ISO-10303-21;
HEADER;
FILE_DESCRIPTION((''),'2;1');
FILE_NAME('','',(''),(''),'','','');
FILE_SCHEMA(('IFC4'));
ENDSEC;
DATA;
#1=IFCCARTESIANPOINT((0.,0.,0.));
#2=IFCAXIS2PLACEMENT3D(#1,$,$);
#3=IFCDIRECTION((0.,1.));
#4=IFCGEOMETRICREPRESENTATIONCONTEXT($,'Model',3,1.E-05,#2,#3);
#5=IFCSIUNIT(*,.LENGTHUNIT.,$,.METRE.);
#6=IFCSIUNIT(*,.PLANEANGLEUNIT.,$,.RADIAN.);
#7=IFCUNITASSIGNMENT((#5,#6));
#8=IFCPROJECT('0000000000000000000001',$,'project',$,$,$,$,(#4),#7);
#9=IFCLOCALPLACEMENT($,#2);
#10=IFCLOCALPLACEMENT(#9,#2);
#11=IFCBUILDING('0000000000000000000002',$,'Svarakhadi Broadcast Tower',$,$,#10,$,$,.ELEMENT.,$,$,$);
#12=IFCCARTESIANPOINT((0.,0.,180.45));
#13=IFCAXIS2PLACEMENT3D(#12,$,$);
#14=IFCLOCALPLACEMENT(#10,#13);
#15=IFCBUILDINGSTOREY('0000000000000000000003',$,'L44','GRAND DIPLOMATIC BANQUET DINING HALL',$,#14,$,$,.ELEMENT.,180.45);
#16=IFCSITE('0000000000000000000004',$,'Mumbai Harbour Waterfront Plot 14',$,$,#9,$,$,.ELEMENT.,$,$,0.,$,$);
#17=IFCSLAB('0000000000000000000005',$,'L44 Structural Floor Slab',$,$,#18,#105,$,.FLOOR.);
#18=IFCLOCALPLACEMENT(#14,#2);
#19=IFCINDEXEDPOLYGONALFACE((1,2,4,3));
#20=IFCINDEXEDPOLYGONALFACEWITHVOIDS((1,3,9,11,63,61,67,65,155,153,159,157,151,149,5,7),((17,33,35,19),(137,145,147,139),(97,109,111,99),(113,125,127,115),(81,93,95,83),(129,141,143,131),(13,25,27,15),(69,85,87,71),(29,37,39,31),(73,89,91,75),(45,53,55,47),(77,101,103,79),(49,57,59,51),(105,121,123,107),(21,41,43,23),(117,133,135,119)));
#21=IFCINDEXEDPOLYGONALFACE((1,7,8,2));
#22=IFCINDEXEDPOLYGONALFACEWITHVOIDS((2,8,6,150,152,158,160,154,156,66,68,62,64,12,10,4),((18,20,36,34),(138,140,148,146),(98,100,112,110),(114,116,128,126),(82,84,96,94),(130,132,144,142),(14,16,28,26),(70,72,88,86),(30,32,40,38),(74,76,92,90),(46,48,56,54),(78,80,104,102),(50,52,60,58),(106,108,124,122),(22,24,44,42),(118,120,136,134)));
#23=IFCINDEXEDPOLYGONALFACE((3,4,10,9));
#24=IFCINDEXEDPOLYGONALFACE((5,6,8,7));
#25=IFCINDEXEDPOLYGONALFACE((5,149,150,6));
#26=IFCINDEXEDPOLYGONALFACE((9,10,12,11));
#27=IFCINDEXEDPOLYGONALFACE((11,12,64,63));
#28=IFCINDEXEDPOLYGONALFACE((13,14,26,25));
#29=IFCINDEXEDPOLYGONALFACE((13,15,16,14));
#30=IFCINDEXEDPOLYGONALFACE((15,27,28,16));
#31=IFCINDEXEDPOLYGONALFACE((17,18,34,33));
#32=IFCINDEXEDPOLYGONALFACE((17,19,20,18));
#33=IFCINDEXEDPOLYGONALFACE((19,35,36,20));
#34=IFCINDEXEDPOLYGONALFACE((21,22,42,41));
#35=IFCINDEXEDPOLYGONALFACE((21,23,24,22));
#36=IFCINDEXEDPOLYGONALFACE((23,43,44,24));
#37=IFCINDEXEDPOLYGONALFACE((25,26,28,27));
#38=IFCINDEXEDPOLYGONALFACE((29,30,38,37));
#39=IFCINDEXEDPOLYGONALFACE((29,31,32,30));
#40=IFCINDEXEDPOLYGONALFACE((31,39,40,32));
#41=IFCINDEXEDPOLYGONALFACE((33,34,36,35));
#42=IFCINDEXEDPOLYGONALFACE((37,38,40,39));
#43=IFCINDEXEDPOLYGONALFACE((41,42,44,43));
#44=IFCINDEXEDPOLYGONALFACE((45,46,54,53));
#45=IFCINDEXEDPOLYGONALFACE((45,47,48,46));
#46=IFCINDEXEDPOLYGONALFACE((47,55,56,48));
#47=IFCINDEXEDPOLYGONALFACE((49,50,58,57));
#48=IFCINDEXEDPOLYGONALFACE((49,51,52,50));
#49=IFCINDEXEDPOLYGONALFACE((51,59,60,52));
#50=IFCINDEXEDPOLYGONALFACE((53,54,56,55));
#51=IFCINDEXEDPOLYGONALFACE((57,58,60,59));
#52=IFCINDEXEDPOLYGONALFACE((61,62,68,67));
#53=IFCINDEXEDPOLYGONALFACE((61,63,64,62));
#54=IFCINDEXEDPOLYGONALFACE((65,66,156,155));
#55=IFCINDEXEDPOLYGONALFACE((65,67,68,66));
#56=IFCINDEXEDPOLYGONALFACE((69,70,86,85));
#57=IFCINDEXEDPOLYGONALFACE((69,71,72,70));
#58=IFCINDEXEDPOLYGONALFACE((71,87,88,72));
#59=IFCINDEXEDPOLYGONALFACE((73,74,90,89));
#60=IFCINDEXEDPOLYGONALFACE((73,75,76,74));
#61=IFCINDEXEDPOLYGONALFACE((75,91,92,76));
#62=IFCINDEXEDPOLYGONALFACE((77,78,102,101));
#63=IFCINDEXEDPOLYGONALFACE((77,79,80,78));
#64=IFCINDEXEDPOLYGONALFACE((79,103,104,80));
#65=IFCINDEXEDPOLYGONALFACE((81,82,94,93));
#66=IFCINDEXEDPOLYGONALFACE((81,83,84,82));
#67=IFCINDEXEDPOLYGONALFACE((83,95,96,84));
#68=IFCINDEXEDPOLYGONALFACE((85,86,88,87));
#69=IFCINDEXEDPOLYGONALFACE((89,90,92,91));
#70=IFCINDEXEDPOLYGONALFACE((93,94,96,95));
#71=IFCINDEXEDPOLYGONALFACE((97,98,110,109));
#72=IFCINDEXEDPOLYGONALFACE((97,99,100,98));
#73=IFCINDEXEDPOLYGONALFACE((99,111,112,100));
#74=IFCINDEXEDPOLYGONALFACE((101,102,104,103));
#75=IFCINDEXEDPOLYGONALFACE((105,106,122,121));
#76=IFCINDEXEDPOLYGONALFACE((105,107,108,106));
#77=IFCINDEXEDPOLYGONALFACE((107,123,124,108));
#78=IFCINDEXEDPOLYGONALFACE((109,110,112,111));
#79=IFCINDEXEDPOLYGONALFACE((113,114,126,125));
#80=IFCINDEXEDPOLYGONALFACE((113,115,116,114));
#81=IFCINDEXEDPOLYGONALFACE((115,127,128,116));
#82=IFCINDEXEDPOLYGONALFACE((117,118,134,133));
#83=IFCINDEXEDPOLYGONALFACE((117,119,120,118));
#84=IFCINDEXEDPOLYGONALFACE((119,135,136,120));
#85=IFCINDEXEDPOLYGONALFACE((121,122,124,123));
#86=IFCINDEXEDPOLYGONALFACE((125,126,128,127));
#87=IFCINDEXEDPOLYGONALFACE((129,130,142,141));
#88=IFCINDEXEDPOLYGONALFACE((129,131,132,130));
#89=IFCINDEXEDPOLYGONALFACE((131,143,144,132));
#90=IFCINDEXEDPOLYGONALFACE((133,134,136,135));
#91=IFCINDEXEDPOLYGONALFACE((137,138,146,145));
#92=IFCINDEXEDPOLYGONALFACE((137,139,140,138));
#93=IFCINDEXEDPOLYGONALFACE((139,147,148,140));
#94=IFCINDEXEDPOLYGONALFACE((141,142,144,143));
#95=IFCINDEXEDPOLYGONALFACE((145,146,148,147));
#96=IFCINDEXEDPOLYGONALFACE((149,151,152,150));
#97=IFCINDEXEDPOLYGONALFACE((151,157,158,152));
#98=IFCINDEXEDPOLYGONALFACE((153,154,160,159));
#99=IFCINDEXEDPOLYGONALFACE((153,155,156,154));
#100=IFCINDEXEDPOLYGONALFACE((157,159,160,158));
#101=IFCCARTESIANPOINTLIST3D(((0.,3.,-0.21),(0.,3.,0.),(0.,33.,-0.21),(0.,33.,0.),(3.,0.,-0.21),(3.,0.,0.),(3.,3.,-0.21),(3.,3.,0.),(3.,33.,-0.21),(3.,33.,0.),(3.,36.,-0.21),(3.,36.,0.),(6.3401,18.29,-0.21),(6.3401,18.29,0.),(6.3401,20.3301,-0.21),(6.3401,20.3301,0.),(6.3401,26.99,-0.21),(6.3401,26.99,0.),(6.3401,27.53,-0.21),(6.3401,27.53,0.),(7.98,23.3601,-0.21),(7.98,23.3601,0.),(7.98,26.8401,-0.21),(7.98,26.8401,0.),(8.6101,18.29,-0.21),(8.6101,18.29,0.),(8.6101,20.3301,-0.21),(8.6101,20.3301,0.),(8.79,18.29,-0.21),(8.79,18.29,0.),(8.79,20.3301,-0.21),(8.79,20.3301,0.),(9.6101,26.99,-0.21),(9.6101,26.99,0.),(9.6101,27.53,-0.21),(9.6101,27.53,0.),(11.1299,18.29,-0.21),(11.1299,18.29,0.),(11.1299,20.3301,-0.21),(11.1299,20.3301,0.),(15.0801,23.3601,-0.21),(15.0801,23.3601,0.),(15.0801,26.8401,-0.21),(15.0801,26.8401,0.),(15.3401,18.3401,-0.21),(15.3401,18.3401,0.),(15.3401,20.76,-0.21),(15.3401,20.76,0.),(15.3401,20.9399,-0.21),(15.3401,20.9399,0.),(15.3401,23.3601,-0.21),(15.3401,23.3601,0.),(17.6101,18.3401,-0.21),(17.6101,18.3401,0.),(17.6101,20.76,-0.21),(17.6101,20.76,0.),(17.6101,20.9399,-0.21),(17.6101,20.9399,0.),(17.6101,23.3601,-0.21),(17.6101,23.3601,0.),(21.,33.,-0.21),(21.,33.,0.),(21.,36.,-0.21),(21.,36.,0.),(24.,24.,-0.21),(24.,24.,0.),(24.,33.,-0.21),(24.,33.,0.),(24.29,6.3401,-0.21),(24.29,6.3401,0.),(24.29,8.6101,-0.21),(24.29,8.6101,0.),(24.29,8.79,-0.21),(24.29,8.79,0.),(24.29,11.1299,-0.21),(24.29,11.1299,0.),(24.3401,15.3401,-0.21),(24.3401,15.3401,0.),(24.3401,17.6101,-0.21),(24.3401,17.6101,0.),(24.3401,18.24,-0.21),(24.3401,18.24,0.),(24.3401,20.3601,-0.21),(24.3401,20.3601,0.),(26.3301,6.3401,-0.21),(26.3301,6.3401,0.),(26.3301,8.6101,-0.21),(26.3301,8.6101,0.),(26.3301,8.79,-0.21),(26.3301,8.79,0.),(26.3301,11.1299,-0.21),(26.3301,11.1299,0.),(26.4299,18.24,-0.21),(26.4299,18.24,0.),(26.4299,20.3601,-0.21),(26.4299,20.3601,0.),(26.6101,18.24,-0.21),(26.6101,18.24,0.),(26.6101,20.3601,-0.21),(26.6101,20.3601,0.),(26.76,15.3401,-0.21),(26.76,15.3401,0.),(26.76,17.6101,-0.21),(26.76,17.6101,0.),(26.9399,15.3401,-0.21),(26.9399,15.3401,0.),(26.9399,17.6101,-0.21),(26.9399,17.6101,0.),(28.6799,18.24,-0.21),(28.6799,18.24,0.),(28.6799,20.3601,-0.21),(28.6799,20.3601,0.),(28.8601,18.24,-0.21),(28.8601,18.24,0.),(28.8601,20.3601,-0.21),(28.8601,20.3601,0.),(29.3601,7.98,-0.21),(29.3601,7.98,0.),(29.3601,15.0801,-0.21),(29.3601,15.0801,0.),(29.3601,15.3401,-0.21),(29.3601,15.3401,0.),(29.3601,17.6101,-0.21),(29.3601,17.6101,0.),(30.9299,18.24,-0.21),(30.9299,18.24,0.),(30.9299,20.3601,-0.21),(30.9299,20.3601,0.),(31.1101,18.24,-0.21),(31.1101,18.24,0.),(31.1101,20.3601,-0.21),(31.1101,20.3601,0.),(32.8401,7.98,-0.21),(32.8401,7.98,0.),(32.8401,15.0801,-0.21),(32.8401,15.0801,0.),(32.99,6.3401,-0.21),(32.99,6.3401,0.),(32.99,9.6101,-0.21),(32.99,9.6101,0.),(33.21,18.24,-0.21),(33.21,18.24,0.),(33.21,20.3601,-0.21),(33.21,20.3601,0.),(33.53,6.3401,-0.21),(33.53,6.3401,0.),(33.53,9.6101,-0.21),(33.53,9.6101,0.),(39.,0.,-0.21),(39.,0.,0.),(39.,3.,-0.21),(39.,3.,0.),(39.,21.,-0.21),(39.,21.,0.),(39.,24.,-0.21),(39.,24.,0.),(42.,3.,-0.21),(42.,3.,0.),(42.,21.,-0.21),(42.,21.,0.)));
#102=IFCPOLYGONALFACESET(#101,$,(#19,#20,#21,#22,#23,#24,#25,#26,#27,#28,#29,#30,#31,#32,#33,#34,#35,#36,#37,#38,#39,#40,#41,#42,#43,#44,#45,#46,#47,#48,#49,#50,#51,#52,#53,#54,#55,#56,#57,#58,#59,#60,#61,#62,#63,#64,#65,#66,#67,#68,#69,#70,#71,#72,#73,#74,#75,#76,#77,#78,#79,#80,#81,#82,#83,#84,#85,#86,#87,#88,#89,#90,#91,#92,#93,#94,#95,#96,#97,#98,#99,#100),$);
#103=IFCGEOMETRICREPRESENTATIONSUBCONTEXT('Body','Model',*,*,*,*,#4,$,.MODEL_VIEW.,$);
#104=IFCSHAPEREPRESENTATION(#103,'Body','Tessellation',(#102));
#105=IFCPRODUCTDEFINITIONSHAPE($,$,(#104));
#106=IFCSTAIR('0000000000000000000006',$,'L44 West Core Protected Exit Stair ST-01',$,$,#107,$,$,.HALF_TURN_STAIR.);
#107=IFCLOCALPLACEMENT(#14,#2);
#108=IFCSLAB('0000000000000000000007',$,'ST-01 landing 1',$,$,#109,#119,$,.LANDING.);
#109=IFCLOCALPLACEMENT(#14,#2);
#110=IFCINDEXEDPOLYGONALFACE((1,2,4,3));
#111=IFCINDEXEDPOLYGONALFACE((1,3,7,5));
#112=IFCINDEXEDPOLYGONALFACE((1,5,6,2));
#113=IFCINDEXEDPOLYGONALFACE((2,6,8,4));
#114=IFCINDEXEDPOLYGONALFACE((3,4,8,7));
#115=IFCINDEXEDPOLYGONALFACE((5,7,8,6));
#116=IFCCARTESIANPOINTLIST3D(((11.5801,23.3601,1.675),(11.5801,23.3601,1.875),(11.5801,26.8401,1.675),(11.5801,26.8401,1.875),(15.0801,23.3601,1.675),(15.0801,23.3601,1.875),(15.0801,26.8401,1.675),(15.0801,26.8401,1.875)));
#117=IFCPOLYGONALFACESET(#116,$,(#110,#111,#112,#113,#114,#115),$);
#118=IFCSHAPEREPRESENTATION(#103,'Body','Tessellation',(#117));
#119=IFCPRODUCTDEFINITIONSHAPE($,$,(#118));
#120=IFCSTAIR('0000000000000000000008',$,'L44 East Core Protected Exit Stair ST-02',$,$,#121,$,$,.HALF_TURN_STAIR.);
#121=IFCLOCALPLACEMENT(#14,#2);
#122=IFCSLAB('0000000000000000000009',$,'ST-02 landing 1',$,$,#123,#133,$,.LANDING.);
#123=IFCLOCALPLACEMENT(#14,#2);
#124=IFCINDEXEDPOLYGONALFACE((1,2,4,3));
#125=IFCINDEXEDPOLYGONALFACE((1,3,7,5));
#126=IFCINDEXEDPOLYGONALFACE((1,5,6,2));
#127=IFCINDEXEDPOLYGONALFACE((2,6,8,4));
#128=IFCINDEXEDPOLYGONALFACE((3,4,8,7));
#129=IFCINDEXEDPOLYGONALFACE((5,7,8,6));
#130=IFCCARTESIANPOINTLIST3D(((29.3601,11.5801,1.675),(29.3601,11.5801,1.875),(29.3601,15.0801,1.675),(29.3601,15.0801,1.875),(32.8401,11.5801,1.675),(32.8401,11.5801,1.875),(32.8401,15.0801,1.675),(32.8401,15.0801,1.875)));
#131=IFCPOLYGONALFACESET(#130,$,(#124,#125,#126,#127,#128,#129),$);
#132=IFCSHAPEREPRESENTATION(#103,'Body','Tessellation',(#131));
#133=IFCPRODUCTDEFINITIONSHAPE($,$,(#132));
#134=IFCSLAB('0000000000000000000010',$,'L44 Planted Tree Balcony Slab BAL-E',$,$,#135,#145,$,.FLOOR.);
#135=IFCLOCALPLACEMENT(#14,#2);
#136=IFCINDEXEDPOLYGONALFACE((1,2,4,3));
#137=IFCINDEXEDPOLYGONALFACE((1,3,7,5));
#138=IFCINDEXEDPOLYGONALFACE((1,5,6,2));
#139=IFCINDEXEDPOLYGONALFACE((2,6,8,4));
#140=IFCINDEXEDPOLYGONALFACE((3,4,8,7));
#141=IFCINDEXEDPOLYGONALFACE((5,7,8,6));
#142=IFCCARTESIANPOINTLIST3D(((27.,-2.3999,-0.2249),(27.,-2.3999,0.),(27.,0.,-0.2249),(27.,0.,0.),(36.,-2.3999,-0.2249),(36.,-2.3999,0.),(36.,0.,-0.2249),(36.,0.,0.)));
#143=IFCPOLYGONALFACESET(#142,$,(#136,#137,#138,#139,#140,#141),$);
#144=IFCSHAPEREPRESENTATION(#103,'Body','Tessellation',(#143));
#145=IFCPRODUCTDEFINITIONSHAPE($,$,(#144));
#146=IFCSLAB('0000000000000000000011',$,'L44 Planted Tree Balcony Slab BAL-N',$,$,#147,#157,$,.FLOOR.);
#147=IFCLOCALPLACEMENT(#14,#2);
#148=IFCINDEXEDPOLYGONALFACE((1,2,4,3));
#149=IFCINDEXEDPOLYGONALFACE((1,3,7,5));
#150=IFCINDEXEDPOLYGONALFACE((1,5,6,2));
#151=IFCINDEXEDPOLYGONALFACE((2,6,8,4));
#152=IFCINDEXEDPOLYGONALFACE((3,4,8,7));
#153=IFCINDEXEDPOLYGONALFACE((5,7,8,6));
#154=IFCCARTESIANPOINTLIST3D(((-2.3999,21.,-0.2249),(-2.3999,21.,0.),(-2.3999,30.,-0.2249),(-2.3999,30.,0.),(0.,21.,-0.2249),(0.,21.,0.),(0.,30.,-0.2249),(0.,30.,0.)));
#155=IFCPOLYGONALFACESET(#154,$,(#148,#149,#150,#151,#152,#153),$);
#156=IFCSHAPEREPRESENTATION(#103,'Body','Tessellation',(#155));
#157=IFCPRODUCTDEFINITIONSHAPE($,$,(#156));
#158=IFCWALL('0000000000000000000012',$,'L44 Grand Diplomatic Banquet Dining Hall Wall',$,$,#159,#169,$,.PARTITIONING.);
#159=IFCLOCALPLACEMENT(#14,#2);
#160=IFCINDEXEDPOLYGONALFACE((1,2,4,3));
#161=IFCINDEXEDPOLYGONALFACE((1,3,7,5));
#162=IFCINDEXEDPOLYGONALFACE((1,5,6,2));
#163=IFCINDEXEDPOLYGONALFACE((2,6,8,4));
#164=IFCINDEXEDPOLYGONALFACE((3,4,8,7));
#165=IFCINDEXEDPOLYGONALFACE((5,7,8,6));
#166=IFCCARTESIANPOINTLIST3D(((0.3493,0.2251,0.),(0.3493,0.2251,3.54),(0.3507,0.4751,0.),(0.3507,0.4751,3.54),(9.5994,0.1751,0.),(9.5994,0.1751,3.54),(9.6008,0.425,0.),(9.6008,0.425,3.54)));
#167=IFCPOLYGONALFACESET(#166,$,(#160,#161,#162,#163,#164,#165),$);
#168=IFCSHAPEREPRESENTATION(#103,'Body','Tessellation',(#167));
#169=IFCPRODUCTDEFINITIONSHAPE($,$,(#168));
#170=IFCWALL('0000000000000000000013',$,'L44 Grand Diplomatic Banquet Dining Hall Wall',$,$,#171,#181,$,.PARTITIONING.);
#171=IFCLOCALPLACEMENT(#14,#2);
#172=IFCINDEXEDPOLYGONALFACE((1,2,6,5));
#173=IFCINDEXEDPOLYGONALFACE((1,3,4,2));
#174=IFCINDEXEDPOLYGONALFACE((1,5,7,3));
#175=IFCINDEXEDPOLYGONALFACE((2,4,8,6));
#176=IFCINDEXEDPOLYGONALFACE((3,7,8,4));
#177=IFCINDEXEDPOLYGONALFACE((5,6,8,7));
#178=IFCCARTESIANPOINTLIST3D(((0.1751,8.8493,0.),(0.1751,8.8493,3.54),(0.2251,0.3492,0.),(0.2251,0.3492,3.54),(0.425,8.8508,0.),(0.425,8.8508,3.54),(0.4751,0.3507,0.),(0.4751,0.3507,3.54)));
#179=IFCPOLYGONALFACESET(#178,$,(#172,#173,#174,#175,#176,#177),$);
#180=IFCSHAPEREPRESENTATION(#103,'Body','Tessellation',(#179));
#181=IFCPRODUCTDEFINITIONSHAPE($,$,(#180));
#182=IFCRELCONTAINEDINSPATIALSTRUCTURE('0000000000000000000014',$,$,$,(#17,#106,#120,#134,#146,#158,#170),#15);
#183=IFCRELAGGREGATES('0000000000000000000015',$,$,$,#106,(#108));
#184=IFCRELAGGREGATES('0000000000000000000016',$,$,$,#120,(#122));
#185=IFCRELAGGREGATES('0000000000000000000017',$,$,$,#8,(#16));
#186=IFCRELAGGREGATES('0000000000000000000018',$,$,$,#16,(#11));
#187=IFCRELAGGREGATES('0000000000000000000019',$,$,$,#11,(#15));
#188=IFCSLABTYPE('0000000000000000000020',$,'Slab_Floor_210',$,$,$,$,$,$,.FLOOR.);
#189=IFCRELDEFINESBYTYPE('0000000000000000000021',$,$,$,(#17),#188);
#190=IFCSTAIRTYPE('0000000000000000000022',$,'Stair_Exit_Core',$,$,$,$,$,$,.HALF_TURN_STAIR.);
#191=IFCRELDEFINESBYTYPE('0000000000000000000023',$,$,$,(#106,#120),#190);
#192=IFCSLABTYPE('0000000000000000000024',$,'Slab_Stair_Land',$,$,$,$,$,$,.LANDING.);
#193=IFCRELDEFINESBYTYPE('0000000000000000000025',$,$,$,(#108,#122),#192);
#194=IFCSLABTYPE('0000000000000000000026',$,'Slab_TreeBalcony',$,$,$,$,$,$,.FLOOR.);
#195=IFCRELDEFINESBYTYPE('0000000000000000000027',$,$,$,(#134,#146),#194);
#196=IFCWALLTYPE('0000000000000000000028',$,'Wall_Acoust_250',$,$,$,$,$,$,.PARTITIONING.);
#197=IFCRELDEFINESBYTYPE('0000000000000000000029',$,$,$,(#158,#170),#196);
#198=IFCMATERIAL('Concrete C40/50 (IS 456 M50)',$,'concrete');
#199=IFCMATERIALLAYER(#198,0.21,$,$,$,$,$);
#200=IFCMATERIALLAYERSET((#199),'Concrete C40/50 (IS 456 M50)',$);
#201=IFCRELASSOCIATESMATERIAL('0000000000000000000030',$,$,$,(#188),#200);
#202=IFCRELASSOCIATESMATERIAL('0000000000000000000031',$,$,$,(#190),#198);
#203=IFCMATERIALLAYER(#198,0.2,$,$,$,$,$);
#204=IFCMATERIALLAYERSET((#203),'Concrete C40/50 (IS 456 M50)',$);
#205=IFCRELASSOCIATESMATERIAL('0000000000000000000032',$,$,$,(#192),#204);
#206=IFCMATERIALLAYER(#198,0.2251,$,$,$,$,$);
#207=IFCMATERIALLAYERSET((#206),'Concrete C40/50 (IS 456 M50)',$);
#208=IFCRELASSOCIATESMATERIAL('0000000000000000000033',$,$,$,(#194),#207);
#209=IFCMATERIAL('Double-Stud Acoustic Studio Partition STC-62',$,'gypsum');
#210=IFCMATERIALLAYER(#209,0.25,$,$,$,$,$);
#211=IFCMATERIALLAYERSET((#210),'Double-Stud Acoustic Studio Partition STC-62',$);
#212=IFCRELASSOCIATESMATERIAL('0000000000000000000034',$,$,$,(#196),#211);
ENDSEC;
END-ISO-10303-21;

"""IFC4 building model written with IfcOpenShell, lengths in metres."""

from ifc_helpers import new_model, si_unit, direction, frame, frame_2d, origin, place, context, subcontext, project, spatial, polyline, rectangle, outline, extrude, material, layer, layer_set, type_object, element, aggregate, save


model = new_model("IFC4")

# Units and contexts
model_context = context("Model", 3, precision=1e-05, world=origin(), true_north=direction((0.0, 1.0)))
body_context = subcontext(model_context, "Body", "Model", "MODEL_VIEW")
ifc_project = project(units=[si_unit("LENGTHUNIT", "METRE"), si_unit("PLANEANGLEUNIT", "RADIAN")], contexts=[model_context])

# Site, building, storey
site_placement = place(None, origin())
site = spatial("IfcSite", under=ifc_project, at=site_placement, Name="Mumbai Harbour Waterfront Plot 14", CompositionType="ELEMENT", RefElevation=0.0)
building_placement = place(site_placement, origin())
building = spatial("IfcBuilding", under=site, at=building_placement, Name="Svarakhadi Broadcast Tower", CompositionType="ELEMENT")
storey_placement = place(building_placement, frame((0.0, 0.0, 180.45)))
storey = spatial("IfcBuildingStorey", under=building, at=storey_placement, Name="L44", Description="GRAND DIPLOMATIC BANQUET DINING HALL", CompositionType="ELEMENT", Elevation=180.45)

# Slab
ifc_material_1 = material(Name="Concrete C40/50 (IS 456 M50)", Category="concrete")
ifc_layer_1 = layer(ifc_material_1, 0.21)
ifc_layer_set_1 = layer_set([ifc_layer_1], Name="Concrete C40/50 (IS 456 M50)")
slab_type_1 = type_object("IfcSlabType", Name="Slab_Floor_210", PredefinedType="FLOOR", material=ifc_layer_set_1)
slab_1_placement = place(storey_placement, frame((0.0, 0.0, -0.21)))
element("IfcSlab", 1, at=slab_1_placement, inside=storey, type_object=slab_type_1, Name="L44 Structural Floor Slab", PredefinedType="FLOOR", context=body_context, shape_type="SweptSolid", body=[
    extrude(outline(polyline([(3.0, 0.0), (39.0, 0.0), (39.0, 3.0), (42.0, 3.0), (42.0, 21.0), (39.0, 21.0), (39.0, 24.0), (24.0, 24.0), (24.0, 33.0), (21.0, 33.0), (21.0, 36.0), (3.0, 36.0), (3.0, 33.0), (0.0, 33.0), (0.0, 3.0), (3.0, 3.0), (3.0, 0.0)]), holes=[polyline([(7.98, 23.3601), (15.0801, 23.3601), (15.0801, 26.8401), (7.98, 26.8401), (7.98, 23.3601)]), polyline([(32.8401, 7.98), (32.8401, 15.0801), (29.3601, 15.0801), (29.3601, 7.98), (32.8401, 7.98)]), polyline([(6.3401, 18.29), (8.6101, 18.29), (8.6101, 20.3301), (6.3401, 20.3301), (6.3401, 18.29)]), polyline([(8.79, 18.29), (11.1299, 18.29), (11.1299, 20.3301), (8.79, 20.3301), (8.79, 18.29)]), polyline([(24.29, 6.3401), (26.3301, 6.3401), (26.3301, 8.6101), (24.29, 8.6101), (24.29, 6.3401)]), polyline([(24.29, 8.79), (26.3301, 8.79), (26.3301, 11.1299), (24.29, 11.1299), (24.29, 8.79)]), polyline([(6.3401, 26.99), (9.6101, 26.99), (9.6101, 27.53), (6.3401, 27.53), (6.3401, 26.99)]), polyline([(32.99, 6.3401), (33.53, 6.3401), (33.53, 9.6101), (32.99, 9.6101), (32.99, 6.3401)]), polyline([(15.3401, 18.3401), (17.6101, 18.3401), (17.6101, 20.76), (15.3401, 20.76), (15.3401, 18.3401)]), polyline([(15.3401, 20.9399), (17.6101, 20.9399), (17.6101, 23.3601), (15.3401, 23.3601), (15.3401, 20.9399)]), polyline([(24.3401, 15.3401), (26.76, 15.3401), (26.76, 17.6101), (24.3401, 17.6101), (24.3401, 15.3401)]), polyline([(26.9399, 15.3401), (29.3601, 15.3401), (29.3601, 17.6101), (26.9399, 17.6101), (26.9399, 15.3401)]), polyline([(24.3401, 18.24), (26.4299, 18.24), (26.4299, 20.3601), (24.3401, 20.3601), (24.3401, 18.24)]), polyline([(26.6101, 18.24), (28.6799, 18.24), (28.6799, 20.3601), (26.6101, 20.3601), (26.6101, 18.24)]), polyline([(28.8601, 18.24), (30.9299, 18.24), (30.9299, 20.3601), (28.8601, 20.3601), (28.8601, 18.24)]), polyline([(31.1101, 18.24), (33.21, 18.24), (33.21, 20.3601), (31.1101, 20.3601), (31.1101, 18.24)])]), origin(), (0.0, 0.0, 1.0), 0.21),
])

# Stairs, slabs
stair_type = type_object("IfcStairType", Name="Stair_Exit_Core", PredefinedType="HALF_TURN_STAIR", material=ifc_material_1)
stair_1_placement = place(storey_placement, origin())
stair_1 = element("IfcStair", 2, at=stair_1_placement, inside=storey, type_object=stair_type, Name="L44 West Core Protected Exit Stair ST-01", PredefinedType="HALF_TURN_STAIR")
ifc_layer_2 = layer(ifc_material_1, 0.2)
ifc_layer_set_2 = layer_set([ifc_layer_2], Name="Concrete C40/50 (IS 456 M50)")
slab_type_2 = type_object("IfcSlabType", Name="Slab_Stair_Land", PredefinedType="LANDING", material=ifc_layer_set_2)
slab_2_placement = place(storey_placement, frame((0.0, 0.0, 1.675)))
slab_2 = element("IfcSlab", 3, at=slab_2_placement, type_object=slab_type_2, Name="ST-01 landing 1", PredefinedType="LANDING", context=body_context, shape_type="SweptSolid", body=[
    extrude(outline(polyline([(11.5801, 23.3601), (15.0801, 23.3601), (15.0801, 26.8401), (11.5801, 26.8401), (11.5801, 23.3601)])), origin(), (0.0, 0.0, 1.0), 0.2),
])
aggregate(stair_1, [slab_2])
stair_2_placement = place(storey_placement, origin())
stair_2 = element("IfcStair", 4, at=stair_2_placement, inside=storey, type_object=stair_type, Name="L44 East Core Protected Exit Stair ST-02", PredefinedType="HALF_TURN_STAIR")
slab_3_placement = place(storey_placement, frame((0.0, 0.0, 1.675)))
slab_3 = element("IfcSlab", 5, at=slab_3_placement, type_object=slab_type_2, Name="ST-02 landing 1", PredefinedType="LANDING", context=body_context, shape_type="SweptSolid", body=[
    extrude(outline(polyline([(32.8401, 11.5801), (32.8401, 15.0801), (29.3601, 15.0801), (29.3601, 11.5801), (32.8401, 11.5801)])), origin(), (0.0, 0.0, 1.0), 0.2),
])
aggregate(stair_2, [slab_3])

# Slabs
ifc_layer_3 = layer(ifc_material_1, 0.2251)
ifc_layer_set_3 = layer_set([ifc_layer_3], Name="Concrete C40/50 (IS 456 M50)")
slab_type_3 = type_object("IfcSlabType", Name="Slab_TreeBalcony", PredefinedType="FLOOR", material=ifc_layer_set_3)
slab_4_placement = place(storey_placement, frame((0.0, 0.0, -0.2249)))
element("IfcSlab", 6, at=slab_4_placement, inside=storey, type_object=slab_type_3, Name="L44 Planted Tree Balcony Slab BAL-E", PredefinedType="FLOOR", context=body_context, shape_type="SweptSolid", body=[
    extrude(outline(polyline([(27.0, -2.3999), (36.0, -2.3999), (36.0, 0.0), (27.0, 0.0), (27.0, -2.3999)])), origin(), (0.0, 0.0, 1.0), 0.2249),
])
slab_5_placement = place(storey_placement, frame((0.0, 0.0, -0.2249)))
element("IfcSlab", 7, at=slab_5_placement, inside=storey, type_object=slab_type_3, Name="L44 Planted Tree Balcony Slab BAL-N", PredefinedType="FLOOR", context=body_context, shape_type="SweptSolid", body=[
    extrude(outline(polyline([(-2.3999, 21.0), (0.0, 21.0), (0.0, 30.0), (-2.3999, 30.0), (-2.3999, 21.0)])), origin(), (0.0, 0.0, 1.0), 0.2249),
])

# Walls
ifc_material_2 = material(Name="Double-Stud Acoustic Studio Partition STC-62", Category="gypsum")
ifc_layer_4 = layer(ifc_material_2, 0.25)
ifc_layer_set_4 = layer_set([ifc_layer_4], Name="Double-Stud Acoustic Studio Partition STC-62")
wall_type = type_object("IfcWallType", Name="Wall_Acoust_250", PredefinedType="PARTITIONING", material=ifc_layer_set_4)
wall_1_placement = place(storey_placement, frame((0.3501, 0.3501, 0.0), z_axis=(0.0, 0.0, 1.0), x_axis=(0.999985, -0.005411, 0.0)))
element("IfcWall", 8, at=wall_1_placement, inside=storey, type_object=wall_type, Name="L44 Grand Diplomatic Banquet Dining Hall Wall", PredefinedType="PARTITIONING", context=body_context, shape_type="SweptSolid", body=[
    extrude(rectangle(XDim=9.2502, YDim=0.25, at=frame_2d((4.625, 0.0))), origin(), (0.0, 0.0, 1.0), 3.54),
])
wall_2_placement = place(storey_placement, frame((0.3501, 0.3501, 0.0), z_axis=(0.0, 0.0, 1.0), x_axis=(-0.005888, 0.999983, 0.0)))
element("IfcWall", 9, at=wall_2_placement, inside=storey, type_object=wall_type, Name="L44 Grand Diplomatic Banquet Dining Hall Wall", PredefinedType="PARTITIONING", context=body_context, shape_type="SweptSolid", body=[
    extrude(rectangle(XDim=8.5002, YDim=0.25, at=frame_2d((4.25, 0.0))), origin(), (0.0, 0.0, 1.0), 3.54),
])

save(model, "model.ifc")
